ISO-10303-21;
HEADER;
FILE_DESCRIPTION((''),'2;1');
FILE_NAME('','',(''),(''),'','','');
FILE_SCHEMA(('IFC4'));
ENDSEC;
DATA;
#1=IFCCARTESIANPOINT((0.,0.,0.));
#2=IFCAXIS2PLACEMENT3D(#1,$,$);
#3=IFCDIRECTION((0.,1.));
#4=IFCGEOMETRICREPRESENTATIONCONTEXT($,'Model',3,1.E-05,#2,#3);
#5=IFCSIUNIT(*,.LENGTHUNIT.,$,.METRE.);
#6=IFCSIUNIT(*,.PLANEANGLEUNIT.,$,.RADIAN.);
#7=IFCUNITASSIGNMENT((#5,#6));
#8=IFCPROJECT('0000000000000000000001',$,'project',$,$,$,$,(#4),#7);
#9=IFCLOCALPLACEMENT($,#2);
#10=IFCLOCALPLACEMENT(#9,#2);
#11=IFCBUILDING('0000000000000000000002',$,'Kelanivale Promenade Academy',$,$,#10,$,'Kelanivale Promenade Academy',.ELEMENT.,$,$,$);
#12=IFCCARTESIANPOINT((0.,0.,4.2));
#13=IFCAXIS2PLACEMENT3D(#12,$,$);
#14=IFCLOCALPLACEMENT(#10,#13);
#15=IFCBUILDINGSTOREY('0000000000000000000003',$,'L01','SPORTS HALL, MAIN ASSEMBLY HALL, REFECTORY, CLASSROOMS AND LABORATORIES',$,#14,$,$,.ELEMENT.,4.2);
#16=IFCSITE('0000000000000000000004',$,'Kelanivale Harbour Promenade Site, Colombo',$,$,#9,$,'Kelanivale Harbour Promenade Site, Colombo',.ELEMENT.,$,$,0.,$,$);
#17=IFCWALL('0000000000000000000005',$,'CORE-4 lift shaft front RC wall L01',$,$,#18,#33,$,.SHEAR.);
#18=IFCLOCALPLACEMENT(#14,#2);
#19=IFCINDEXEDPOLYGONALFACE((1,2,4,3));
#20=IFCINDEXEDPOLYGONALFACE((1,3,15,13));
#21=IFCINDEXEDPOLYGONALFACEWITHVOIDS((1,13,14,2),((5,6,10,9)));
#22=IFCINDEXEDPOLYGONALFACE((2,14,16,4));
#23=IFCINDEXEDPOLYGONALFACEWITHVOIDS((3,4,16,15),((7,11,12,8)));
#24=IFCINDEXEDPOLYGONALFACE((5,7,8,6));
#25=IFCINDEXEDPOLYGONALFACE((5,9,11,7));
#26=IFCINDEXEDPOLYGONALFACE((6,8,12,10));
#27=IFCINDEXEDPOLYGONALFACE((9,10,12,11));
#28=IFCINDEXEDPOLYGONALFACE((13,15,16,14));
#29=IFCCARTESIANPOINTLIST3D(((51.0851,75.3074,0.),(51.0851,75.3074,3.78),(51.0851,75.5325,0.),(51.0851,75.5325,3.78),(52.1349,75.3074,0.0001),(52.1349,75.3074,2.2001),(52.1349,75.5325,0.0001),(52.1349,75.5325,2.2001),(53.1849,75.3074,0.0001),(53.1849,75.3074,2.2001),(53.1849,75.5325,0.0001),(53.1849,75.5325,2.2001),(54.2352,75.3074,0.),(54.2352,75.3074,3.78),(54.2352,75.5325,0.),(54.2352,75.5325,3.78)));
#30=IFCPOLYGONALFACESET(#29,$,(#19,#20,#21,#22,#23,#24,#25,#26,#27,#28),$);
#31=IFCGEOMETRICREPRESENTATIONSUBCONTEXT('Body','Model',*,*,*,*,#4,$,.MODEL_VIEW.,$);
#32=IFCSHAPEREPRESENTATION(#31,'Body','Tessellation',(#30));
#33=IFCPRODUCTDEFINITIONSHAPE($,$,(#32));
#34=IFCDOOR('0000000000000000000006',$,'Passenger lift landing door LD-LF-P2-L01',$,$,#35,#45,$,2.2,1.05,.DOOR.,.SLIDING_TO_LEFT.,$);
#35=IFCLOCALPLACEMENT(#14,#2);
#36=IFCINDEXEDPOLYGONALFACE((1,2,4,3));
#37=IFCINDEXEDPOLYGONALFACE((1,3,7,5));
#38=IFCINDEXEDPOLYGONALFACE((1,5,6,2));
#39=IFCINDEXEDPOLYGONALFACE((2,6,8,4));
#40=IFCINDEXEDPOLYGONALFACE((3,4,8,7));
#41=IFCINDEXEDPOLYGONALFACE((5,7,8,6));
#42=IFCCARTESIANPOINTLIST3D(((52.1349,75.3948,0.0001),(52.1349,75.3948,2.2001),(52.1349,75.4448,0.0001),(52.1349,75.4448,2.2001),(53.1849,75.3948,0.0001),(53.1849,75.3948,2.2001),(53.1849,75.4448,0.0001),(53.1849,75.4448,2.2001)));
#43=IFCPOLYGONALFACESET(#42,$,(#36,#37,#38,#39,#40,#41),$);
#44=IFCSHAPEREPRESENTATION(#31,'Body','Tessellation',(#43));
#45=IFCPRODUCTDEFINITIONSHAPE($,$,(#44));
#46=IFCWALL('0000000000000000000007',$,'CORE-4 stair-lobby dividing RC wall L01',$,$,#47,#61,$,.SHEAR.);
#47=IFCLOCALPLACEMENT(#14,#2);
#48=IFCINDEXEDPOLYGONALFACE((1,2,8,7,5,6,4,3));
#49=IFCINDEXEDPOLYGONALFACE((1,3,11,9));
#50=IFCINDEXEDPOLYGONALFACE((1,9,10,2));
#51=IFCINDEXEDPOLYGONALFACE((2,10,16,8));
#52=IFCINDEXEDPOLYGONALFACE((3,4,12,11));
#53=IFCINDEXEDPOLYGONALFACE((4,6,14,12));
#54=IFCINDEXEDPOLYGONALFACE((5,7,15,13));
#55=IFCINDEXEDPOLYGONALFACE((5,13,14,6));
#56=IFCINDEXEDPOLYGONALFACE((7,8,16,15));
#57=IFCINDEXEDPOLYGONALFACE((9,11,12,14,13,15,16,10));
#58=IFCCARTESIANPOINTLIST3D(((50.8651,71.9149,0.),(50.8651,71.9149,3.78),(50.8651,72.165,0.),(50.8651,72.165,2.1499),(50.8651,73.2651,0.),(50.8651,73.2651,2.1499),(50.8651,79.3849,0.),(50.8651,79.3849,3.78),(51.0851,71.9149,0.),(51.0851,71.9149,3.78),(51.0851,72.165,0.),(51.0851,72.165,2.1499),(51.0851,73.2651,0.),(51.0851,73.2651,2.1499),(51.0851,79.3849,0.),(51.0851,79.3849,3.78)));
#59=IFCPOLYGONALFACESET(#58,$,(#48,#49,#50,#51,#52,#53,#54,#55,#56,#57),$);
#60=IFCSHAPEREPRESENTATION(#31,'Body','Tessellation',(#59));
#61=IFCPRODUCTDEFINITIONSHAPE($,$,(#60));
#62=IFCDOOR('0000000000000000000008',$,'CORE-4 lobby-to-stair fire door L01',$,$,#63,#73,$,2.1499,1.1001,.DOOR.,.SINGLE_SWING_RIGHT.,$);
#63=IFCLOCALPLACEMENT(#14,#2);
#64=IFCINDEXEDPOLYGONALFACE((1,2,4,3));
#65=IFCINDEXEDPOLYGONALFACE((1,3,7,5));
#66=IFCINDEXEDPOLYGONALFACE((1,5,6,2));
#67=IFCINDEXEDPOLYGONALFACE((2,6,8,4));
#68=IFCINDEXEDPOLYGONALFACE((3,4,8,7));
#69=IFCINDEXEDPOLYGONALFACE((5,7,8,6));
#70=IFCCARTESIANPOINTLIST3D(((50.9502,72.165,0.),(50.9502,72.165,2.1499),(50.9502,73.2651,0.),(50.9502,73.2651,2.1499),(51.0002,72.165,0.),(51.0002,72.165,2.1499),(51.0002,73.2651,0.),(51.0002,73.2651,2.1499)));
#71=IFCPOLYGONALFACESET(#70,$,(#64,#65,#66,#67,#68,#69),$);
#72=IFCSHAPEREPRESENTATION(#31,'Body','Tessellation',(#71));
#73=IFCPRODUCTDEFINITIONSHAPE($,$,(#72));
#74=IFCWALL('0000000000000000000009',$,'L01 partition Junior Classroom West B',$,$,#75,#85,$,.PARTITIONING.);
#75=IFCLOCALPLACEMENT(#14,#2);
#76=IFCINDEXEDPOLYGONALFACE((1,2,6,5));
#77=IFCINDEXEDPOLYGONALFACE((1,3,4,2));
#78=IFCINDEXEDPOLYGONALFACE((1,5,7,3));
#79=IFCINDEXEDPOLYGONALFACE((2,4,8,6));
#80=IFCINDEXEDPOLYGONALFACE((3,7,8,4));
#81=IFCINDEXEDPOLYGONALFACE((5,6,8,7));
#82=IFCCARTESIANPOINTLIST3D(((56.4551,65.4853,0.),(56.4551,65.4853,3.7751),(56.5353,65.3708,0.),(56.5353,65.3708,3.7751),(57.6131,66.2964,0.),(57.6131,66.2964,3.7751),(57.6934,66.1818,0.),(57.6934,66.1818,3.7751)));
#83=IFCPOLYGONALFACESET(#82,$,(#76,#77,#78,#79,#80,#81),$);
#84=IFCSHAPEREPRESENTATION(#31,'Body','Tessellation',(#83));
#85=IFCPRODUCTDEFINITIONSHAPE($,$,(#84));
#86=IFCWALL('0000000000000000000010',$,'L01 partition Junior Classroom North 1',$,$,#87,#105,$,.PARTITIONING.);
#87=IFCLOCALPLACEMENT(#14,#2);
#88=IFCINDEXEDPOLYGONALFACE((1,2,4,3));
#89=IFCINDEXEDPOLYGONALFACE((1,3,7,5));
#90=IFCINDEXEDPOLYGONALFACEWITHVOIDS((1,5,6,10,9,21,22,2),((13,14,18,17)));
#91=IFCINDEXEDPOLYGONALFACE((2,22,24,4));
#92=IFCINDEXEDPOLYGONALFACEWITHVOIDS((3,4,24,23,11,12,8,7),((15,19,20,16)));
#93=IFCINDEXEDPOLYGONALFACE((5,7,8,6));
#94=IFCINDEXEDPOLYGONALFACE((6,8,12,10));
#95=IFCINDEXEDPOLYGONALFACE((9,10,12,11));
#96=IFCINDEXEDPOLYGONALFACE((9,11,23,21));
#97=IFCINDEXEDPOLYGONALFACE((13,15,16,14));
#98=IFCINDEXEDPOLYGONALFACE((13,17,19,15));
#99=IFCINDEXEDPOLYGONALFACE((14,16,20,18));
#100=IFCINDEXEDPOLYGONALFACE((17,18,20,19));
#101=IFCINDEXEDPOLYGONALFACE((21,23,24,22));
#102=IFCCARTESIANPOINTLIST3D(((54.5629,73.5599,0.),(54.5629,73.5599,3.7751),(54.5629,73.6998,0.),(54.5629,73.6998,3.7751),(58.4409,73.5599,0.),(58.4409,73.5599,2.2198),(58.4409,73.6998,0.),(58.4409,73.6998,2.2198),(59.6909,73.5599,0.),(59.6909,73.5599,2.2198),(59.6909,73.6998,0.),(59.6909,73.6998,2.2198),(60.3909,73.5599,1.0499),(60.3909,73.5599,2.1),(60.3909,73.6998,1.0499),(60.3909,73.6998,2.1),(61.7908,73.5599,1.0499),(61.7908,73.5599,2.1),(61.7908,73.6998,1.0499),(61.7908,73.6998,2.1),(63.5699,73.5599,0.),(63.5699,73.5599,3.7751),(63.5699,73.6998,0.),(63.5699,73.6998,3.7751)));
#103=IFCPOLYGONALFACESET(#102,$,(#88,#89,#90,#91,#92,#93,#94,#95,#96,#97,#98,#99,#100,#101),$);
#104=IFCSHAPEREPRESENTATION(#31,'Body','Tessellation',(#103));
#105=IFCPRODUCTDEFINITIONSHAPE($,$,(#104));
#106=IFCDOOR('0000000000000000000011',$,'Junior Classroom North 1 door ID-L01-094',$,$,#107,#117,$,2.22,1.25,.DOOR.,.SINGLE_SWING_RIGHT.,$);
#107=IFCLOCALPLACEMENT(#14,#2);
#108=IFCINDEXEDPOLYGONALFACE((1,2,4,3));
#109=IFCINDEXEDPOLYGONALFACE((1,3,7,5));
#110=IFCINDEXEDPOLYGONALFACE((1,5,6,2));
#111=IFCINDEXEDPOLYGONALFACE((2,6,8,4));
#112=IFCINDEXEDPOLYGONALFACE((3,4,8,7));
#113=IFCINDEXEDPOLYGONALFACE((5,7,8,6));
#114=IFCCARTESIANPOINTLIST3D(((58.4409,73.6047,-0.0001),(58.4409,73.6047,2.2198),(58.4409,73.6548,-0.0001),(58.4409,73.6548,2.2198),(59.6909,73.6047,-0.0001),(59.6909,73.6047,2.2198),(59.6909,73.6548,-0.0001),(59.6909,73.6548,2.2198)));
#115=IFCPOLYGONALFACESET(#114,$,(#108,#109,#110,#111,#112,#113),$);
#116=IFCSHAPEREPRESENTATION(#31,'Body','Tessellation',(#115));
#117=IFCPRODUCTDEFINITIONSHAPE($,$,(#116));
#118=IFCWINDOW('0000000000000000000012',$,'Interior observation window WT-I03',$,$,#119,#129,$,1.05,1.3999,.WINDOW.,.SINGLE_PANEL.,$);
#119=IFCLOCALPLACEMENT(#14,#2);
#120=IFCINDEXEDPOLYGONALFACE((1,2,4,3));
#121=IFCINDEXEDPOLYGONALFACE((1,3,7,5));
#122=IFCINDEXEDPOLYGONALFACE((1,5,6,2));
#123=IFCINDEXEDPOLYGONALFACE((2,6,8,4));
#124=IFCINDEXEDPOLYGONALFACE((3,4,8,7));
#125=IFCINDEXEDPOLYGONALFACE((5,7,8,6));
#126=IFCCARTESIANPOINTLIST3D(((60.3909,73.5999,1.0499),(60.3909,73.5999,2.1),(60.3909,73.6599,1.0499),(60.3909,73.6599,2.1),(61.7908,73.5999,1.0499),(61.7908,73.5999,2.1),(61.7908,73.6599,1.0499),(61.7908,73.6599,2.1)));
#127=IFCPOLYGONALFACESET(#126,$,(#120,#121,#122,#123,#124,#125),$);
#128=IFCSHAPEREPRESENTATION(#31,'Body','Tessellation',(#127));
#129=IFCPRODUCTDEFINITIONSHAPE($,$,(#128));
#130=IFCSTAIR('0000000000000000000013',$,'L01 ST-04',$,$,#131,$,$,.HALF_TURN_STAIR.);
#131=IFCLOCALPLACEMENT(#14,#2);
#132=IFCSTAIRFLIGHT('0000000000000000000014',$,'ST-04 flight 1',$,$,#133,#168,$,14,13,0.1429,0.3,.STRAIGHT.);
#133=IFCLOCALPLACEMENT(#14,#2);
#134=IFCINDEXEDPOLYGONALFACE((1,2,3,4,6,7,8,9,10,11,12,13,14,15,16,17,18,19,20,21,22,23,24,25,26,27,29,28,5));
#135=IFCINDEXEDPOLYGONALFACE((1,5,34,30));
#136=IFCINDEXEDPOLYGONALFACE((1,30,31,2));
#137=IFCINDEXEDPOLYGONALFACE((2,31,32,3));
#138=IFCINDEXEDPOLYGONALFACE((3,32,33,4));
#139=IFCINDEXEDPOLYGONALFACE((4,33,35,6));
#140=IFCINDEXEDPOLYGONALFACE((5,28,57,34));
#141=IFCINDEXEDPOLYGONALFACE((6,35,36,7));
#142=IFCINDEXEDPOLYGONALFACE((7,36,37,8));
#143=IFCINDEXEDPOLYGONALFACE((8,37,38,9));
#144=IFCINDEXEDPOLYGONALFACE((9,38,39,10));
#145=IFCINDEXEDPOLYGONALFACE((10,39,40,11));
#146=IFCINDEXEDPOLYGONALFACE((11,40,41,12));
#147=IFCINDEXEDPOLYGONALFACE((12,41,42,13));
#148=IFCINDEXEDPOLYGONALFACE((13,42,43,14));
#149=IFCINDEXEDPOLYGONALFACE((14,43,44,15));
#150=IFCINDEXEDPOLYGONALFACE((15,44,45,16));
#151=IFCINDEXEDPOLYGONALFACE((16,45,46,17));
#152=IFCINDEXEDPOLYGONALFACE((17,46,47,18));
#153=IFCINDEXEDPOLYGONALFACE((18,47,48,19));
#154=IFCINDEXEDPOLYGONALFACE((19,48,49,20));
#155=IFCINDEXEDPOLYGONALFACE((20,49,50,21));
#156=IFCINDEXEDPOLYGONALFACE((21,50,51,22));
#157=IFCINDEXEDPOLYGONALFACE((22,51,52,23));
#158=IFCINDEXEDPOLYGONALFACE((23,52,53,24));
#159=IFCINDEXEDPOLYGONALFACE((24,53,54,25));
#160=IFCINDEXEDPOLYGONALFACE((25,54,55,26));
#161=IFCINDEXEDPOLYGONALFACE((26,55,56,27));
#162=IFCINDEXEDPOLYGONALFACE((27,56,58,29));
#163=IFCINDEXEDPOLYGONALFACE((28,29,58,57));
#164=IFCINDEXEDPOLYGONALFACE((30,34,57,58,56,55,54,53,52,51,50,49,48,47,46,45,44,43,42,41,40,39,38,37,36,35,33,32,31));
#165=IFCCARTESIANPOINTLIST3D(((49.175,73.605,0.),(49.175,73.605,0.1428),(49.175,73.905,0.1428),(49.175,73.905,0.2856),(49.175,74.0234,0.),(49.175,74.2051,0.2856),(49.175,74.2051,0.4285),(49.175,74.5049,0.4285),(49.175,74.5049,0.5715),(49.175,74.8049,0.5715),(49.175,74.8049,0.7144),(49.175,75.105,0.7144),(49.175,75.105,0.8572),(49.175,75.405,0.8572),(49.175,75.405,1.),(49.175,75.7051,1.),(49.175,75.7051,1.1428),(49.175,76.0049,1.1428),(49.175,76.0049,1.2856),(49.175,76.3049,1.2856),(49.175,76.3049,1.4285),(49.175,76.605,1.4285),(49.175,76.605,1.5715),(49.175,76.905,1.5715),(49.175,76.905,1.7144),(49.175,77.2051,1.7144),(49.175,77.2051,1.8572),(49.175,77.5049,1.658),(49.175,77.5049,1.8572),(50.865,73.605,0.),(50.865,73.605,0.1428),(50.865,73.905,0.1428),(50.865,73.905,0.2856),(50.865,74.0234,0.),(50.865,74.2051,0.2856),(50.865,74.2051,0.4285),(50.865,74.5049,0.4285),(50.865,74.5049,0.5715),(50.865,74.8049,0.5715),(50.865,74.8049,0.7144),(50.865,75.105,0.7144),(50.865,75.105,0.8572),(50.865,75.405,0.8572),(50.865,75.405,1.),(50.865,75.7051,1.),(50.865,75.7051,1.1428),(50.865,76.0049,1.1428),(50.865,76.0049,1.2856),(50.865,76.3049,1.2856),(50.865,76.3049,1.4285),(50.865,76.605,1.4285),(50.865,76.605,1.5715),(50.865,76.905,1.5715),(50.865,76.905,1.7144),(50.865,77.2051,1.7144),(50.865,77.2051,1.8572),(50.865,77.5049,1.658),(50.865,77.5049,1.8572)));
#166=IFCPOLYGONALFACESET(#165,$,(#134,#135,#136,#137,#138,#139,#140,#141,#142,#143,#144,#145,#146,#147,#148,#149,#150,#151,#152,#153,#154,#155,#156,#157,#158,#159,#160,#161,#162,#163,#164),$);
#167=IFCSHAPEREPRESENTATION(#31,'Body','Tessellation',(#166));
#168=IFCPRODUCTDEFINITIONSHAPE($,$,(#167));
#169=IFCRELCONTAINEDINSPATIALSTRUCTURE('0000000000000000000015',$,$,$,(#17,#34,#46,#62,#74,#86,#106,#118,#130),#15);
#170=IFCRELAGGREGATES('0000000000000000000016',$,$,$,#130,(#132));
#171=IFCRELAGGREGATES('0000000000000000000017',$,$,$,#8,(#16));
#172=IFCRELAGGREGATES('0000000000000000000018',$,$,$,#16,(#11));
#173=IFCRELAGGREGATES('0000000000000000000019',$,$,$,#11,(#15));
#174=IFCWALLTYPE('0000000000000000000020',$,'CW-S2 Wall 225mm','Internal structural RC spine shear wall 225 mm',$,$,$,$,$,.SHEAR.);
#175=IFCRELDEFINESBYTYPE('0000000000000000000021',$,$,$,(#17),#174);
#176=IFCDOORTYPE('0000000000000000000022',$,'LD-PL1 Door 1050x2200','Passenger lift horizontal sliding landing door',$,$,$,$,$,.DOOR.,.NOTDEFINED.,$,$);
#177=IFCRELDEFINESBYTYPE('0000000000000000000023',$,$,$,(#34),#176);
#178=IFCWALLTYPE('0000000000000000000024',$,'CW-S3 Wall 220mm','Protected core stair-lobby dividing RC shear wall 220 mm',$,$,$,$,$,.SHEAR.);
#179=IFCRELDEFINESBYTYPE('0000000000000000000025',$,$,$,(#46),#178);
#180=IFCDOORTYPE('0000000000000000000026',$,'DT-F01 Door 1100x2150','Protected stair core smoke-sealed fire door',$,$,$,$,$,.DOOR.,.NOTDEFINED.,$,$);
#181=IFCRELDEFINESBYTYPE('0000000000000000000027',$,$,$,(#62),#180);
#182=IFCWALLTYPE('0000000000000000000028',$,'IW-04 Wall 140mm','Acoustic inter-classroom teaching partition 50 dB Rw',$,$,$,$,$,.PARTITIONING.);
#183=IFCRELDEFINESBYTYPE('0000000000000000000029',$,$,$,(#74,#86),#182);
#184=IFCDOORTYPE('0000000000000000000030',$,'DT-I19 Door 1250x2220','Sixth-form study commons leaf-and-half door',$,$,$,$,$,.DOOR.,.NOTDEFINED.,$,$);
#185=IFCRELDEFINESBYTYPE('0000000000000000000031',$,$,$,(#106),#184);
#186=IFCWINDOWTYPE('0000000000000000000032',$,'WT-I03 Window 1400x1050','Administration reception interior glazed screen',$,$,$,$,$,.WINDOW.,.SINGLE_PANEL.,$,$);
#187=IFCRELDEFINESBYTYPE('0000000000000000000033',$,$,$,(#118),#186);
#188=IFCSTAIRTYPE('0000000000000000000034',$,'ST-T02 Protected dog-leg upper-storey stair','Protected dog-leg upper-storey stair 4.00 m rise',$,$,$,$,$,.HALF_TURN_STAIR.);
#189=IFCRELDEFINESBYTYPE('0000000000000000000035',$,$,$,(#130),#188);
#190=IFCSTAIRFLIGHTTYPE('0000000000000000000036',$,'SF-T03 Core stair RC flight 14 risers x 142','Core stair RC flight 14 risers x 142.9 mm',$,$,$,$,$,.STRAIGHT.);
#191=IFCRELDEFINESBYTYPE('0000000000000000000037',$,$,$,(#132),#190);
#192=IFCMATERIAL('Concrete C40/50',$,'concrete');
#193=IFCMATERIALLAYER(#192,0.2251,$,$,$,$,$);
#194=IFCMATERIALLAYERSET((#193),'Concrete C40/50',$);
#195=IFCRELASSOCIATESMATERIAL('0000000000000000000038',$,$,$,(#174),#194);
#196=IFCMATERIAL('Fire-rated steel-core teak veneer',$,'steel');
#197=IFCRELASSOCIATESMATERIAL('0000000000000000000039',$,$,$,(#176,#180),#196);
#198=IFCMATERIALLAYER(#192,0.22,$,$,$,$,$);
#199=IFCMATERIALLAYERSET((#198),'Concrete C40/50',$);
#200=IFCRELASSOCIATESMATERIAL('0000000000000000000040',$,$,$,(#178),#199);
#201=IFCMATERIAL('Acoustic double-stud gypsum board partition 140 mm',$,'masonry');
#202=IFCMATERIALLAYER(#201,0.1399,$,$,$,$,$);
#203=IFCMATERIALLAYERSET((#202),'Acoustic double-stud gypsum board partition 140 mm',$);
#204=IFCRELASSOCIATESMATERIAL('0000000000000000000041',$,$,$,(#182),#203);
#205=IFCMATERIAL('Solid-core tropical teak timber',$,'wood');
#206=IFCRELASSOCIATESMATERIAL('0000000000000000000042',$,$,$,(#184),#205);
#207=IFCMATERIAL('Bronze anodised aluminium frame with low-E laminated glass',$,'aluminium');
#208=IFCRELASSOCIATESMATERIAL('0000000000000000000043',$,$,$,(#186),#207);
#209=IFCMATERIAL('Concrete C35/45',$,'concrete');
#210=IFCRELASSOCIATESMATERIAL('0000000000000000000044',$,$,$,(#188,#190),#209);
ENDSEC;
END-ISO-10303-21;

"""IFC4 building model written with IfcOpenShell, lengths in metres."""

from ifc_helpers import new_model, si_unit, direction, frame, frame_2d, origin, place, context, subcontext, project, spatial, polyline, rectangle, outline, extrude, material, layer, layer_set, type_object, element, fill, aggregate, save


model = new_model("IFC4")

# Units and contexts
model_context = context("Model", 3, precision=1e-05, world=origin(), true_north=direction((0.0, 1.0)))
body_context = subcontext(model_context, "Body", "Model", "MODEL_VIEW")
ifc_project = project(units=[si_unit("LENGTHUNIT", "METRE"), si_unit("PLANEANGLEUNIT", "RADIAN")], contexts=[model_context])

# Site, building, storey
site_placement = place(None, origin())
site = spatial("IfcSite", under=ifc_project, at=site_placement, Name="Kelanivale Harbour Promenade Site, Colombo", LongName="Kelanivale Harbour Promenade Site, Colombo", CompositionType="ELEMENT", RefElevation=0.0)
building_placement = place(site_placement, origin())
building = spatial("IfcBuilding", under=site, at=building_placement, Name="Kelanivale Promenade Academy", LongName="Kelanivale Promenade Academy", CompositionType="ELEMENT")
storey_placement = place(building_placement, frame((0.0, 0.0, 4.2)))
storey = spatial("IfcBuildingStorey", under=building, at=storey_placement, Name="L01", Description="SPORTS HALL, MAIN ASSEMBLY HALL, REFECTORY, CLASSROOMS AND LABORATORIES", CompositionType="ELEMENT", Elevation=4.2)

# Shared definitions
ifc_material_1 = material(Name="Concrete C40/50", Category="concrete")

# Walls, openings, doors
ifc_layer_1 = layer(ifc_material_1, 0.2251)
ifc_layer_set_1 = layer_set([ifc_layer_1], Name="Concrete C40/50")
wall_type_1 = type_object("IfcWallType", Name="CW-S2 Wall 225mm", Description="Internal structural RC spine shear wall 225 mm", PredefinedType="SHEAR", material=ifc_layer_set_1)
wall_1_placement = place(storey_placement, frame((51.085, 75.4199, 0.0), z_axis=(0.0, 0.0, 1.0), x_axis=(1.0, 0.0, 0.0)))
wall_1 = element("IfcWall", 1, at=wall_1_placement, inside=storey, type_object=wall_type_1, Name="CORE-4 lift shaft front RC wall L01", PredefinedType="SHEAR", context=body_context, shape_type="SweptSolid", body=[
    extrude(rectangle(XDim=3.1501, YDim=0.2251, at=frame_2d((1.5752, 0.0))), origin(), (0.0, 0.0, 1.0), 3.78),
])
opening_1_placement = place(wall_1_placement, frame((1.05, 0.0, 0.0)))
opening_1 = element("IfcOpeningElement", 2, at=opening_1_placement, cuts=wall_1, PredefinedType="OPENING", context=body_context, shape_type="SweptSolid", body=[
    extrude(rectangle(XDim=1.05, YDim=2.2, at=frame_2d((0.5249, 1.1001))), frame((0.0, 0.1226, 0.0), z_axis=(0.0, -1.0, 0.0), x_axis=(1.0, 0.0, 0.0)), (0.0, 0.0, 1.0), 0.2451),
])
ifc_material_2 = material(Name="Fire-rated steel-core teak veneer", Category="steel")
door_type_1 = type_object("IfcDoorType", Name="LD-PL1 Door 1050x2200", Description="Passenger lift horizontal sliding landing door", OperationType="NOTDEFINED", PredefinedType="DOOR", material=ifc_material_2)
door_1_placement = place(opening_1_placement, origin())
door_1 = element("IfcDoor", 3, at=door_1_placement, inside=storey, type_object=door_type_1, Name="Passenger lift landing door LD-LF-P2-L01", OperationType="SLIDING_TO_LEFT", OverallHeight=2.2, OverallWidth=1.05, PredefinedType="DOOR", context=body_context, shape_type="SweptSolid", body=[
    extrude(rectangle(XDim=1.05, YDim=2.2, at=frame_2d((0.5249, 1.1001))), frame((0.0, 0.0249, 0.0), z_axis=(0.0, -1.0, 0.0), x_axis=(1.0, 0.0, 0.0)), (0.0, 0.0, 1.0), 0.05),
])
fill(opening_1, door_1)
ifc_layer_2 = layer(ifc_material_1, 0.22)
ifc_layer_set_2 = layer_set([ifc_layer_2], Name="Concrete C40/50")
wall_type_2 = type_object("IfcWallType", Name="CW-S3 Wall 220mm", Description="Protected core stair-lobby dividing RC shear wall 220 mm", PredefinedType="SHEAR", material=ifc_layer_set_2)
wall_2_placement = place(storey_placement, frame((50.9751, 71.915, 0.0), z_axis=(0.0, 0.0, 1.0), x_axis=(0.0, 1.0, 0.0)))
wall_2 = element("IfcWall", 4, at=wall_2_placement, inside=storey, type_object=wall_type_2, Name="CORE-4 stair-lobby dividing RC wall L01", PredefinedType="SHEAR", context=body_context, shape_type="SweptSolid", body=[
    extrude(rectangle(XDim=7.47, YDim=0.22, at=frame_2d((3.7349, 0.0))), origin(), (0.0, 0.0, 1.0), 3.78),
])
opening_2_placement = place(wall_2_placement, frame((0.25, 0.0, 0.0)))
opening_2 = element("IfcOpeningElement", 5, at=opening_2_placement, cuts=wall_2, PredefinedType="OPENING", context=body_context, shape_type="SweptSolid", body=[
    extrude(rectangle(XDim=1.1001, YDim=2.1499, at=frame_2d((0.55, 1.075))), frame((0.0, 0.1201, 0.0), z_axis=(0.0, -1.0, 0.0), x_axis=(1.0, 0.0, 0.0)), (0.0, 0.0, 1.0), 0.24),
])
door_type_2 = type_object("IfcDoorType", Name="DT-F01 Door 1100x2150", Description="Protected stair core smoke-sealed fire door", OperationType="NOTDEFINED", PredefinedType="DOOR", material=ifc_material_2)
door_2_placement = place(opening_2_placement, origin())
door_2 = element("IfcDoor", 6, at=door_2_placement, inside=storey, type_object=door_type_2, Name="CORE-4 lobby-to-stair fire door L01", OperationType="SINGLE_SWING_RIGHT", OverallHeight=2.1499, OverallWidth=1.1001, PredefinedType="DOOR", context=body_context, shape_type="SweptSolid", body=[
    extrude(rectangle(XDim=1.1001, YDim=2.1499, at=frame_2d((0.55, 1.075))), frame((0.0, 0.0249, 0.0), z_axis=(0.0, -1.0, 0.0), x_axis=(1.0, 0.0, 0.0)), (0.0, 0.0, 1.0), 0.05),
])
fill(opening_2, door_2)

# Wall
ifc_material_3 = material(Name="Acoustic double-stud gypsum board partition 140 mm", Category="masonry")
ifc_layer_3 = layer(ifc_material_3, 0.1399)
ifc_layer_set_3 = layer_set([ifc_layer_3], Name="Acoustic double-stud gypsum board partition 140 mm")
wall_type_3 = type_object("IfcWallType", Name="IW-04 Wall 140mm", Description="Acoustic inter-classroom teaching partition 50 dB Rw", PredefinedType="PARTITIONING", material=ifc_layer_set_3)
wall_3_placement = place(storey_placement, frame((56.4951, 65.428, 0.0), z_axis=(0.0, 0.0, 1.0), x_axis=(0.819078, 0.573683, 0.0)))
element("IfcWall", 7, at=wall_3_placement, inside=storey, type_object=wall_type_3, Name="L01 partition Junior Classroom West B", PredefinedType="PARTITIONING", context=body_context, shape_type="SweptSolid", body=[
    extrude(rectangle(XDim=1.4138, YDim=0.1399, at=frame_2d((0.707, 0.0))), origin(), (0.0, 0.0, 1.0), 3.7751),
])

# Wall, openings, door, window
wall_4_placement = place(storey_placement, frame((54.563, 73.6299, 0.0), z_axis=(0.0, 0.0, 1.0), x_axis=(1.0, 0.0, 0.0)))
wall_4 = element("IfcWall", 8, at=wall_4_placement, inside=storey, type_object=wall_type_3, Name="L01 partition Junior Classroom North 1", PredefinedType="PARTITIONING", context=body_context, shape_type="SweptSolid", body=[
    extrude(rectangle(XDim=9.0071, YDim=0.1399, at=frame_2d((4.5034, 0.0))), origin(), (0.0, 0.0, 1.0), 3.7751),
])
opening_3_placement = place(wall_4_placement, frame((3.8779, 0.0, 0.0)))
opening_3 = element("IfcOpeningElement", 9, at=opening_3_placement, cuts=wall_4, PredefinedType="OPENING", context=body_context, shape_type="SweptSolid", body=[
    extrude(rectangle(XDim=1.25, YDim=2.22, at=frame_2d((0.625, 1.1099))), frame((0.0, 0.0801, 0.0), z_axis=(0.0, -1.0, 0.0), x_axis=(1.0, 0.0, 0.0)), (0.0, 0.0, 1.0), 0.1599),
])
opening_4_placement = place(wall_4_placement, frame((5.8279, 0.0, 1.05)))
opening_4 = element("IfcOpeningElement", 10, at=opening_4_placement, cuts=wall_4, PredefinedType="OPENING", context=body_context, shape_type="SweptSolid", body=[
    extrude(rectangle(XDim=1.3999, YDim=1.05, at=frame_2d((0.7, 0.5249))), frame((0.0, 0.0801, 0.0), z_axis=(0.0, -1.0, 0.0), x_axis=(1.0, 0.0, 0.0)), (0.0, 0.0, 1.0), 0.1599),
])
ifc_material_4 = material(Name="Solid-core tropical teak timber", Category="wood")
door_type_3 = type_object("IfcDoorType", Name="DT-I19 Door 1250x2220", Description="Sixth-form study commons leaf-and-half door", OperationType="NOTDEFINED", PredefinedType="DOOR", material=ifc_material_4)
door_3_placement = place(opening_3_placement, origin())
door_3 = element("IfcDoor", 11, at=door_3_placement, inside=storey, type_object=door_type_3, Name="Junior Classroom North 1 door ID-L01-094", OperationType="SINGLE_SWING_RIGHT", OverallHeight=2.22, OverallWidth=1.25, PredefinedType="DOOR", context=body_context, shape_type="SweptSolid", body=[
    extrude(rectangle(XDim=1.25, YDim=2.22, at=frame_2d((0.625, 1.1099))), frame((0.0, 0.0249, 0.0), z_axis=(0.0, -1.0, 0.0), x_axis=(1.0, 0.0, 0.0)), (0.0, 0.0, 1.0), 0.05),
])
fill(opening_3, door_3)
ifc_material_5 = material(Name="Bronze anodised aluminium frame with low-E laminated glass", Category="aluminium")
window_type = type_object("IfcWindowType", Name="WT-I03 Window 1400x1050", Description="Administration reception interior glazed screen", PartitioningType="SINGLE_PANEL", PredefinedType="WINDOW", material=ifc_material_5)
window_placement = place(opening_4_placement, origin())
window = element("IfcWindow", 12, at=window_placement, inside=storey, type_object=window_type, Name="Interior observation window WT-I03", OverallHeight=1.05, OverallWidth=1.3999, PartitioningType="SINGLE_PANEL", PredefinedType="WINDOW", context=body_context, shape_type="SweptSolid", body=[
    extrude(rectangle(XDim=1.3999, YDim=1.05, at=frame_2d((0.7, 0.5249))), frame((0.0, 0.03, 0.0), z_axis=(0.0, -1.0, 0.0), x_axis=(1.0, 0.0, 0.0)), (0.0, 0.0, 1.0), 0.0601),
])
fill(opening_4, window)

# Stair, stair flight
ifc_material_6 = material(Name="Concrete C35/45", Category="concrete")
stair_type = type_object("IfcStairType", Name="ST-T02 Protected dog-leg upper-storey stair", Description="Protected dog-leg upper-storey stair 4.00 m rise", PredefinedType="HALF_TURN_STAIR", material=ifc_material_6)
stair_placement = place(storey_placement, origin())
stair = element("IfcStair", 13, at=stair_placement, inside=storey, type_object=stair_type, Name="L01 ST-04", PredefinedType="HALF_TURN_STAIR")
stair_flight_type = type_object("IfcStairFlightType", Name="SF-T03 Core stair RC flight 14 risers x 142", Description="Core stair RC flight 14 risers x 142.9 mm", PredefinedType="STRAIGHT", material=ifc_material_6)
stair_flight_placement = place(storey_placement, frame((50.02, 73.605, 0.0), z_axis=(0.0, 0.0, 1.0), x_axis=(0.0, 1.0, 0.0)))
stair_flight = element("IfcStairFlight", 14, at=stair_flight_placement, type_object=stair_flight_type, Name="ST-04 flight 1", NumberOfRisers=14, NumberOfTreads=13, PredefinedType="STRAIGHT", RiserHeight=0.1429, TreadLength=0.3, context=body_context, shape_type="SweptSolid", body=[
    extrude(outline(polyline([(0.0, 0.0), (0.0, 0.1428), (0.3, 0.1428), (0.3, 0.2856), (0.6001, 0.2856), (0.6001, 0.4285), (0.8999, 0.4285), (0.8999, 0.5715), (1.2, 0.5715), (1.2, 0.7144), (1.5, 0.7144), (1.5, 0.8572), (1.8, 0.8572), (1.8, 1.0), (2.1001, 1.0), (2.1001, 1.1428), (2.3999, 1.1428), (2.3999, 1.2856), (2.7, 1.2856), (2.7, 1.4285), (3.0, 1.4285), (3.0, 1.5715), (3.3, 1.5715), (3.3, 1.7144), (3.6001, 1.7144), (3.6001, 1.8572), (3.8999, 1.8572), (3.8999, 2.0), (3.8999, 1.658), (0.4185, 0.0), (0.0, 0.0)])), frame((0.0, 0.845, 0.0), z_axis=(0.0, -1.0, 0.0), x_axis=(1.0, 0.0, 0.0)), (0.0, 0.0, 1.0), 1.6899),
])
aggregate(stair, [stair_flight])

save(model, "model.ifc")
